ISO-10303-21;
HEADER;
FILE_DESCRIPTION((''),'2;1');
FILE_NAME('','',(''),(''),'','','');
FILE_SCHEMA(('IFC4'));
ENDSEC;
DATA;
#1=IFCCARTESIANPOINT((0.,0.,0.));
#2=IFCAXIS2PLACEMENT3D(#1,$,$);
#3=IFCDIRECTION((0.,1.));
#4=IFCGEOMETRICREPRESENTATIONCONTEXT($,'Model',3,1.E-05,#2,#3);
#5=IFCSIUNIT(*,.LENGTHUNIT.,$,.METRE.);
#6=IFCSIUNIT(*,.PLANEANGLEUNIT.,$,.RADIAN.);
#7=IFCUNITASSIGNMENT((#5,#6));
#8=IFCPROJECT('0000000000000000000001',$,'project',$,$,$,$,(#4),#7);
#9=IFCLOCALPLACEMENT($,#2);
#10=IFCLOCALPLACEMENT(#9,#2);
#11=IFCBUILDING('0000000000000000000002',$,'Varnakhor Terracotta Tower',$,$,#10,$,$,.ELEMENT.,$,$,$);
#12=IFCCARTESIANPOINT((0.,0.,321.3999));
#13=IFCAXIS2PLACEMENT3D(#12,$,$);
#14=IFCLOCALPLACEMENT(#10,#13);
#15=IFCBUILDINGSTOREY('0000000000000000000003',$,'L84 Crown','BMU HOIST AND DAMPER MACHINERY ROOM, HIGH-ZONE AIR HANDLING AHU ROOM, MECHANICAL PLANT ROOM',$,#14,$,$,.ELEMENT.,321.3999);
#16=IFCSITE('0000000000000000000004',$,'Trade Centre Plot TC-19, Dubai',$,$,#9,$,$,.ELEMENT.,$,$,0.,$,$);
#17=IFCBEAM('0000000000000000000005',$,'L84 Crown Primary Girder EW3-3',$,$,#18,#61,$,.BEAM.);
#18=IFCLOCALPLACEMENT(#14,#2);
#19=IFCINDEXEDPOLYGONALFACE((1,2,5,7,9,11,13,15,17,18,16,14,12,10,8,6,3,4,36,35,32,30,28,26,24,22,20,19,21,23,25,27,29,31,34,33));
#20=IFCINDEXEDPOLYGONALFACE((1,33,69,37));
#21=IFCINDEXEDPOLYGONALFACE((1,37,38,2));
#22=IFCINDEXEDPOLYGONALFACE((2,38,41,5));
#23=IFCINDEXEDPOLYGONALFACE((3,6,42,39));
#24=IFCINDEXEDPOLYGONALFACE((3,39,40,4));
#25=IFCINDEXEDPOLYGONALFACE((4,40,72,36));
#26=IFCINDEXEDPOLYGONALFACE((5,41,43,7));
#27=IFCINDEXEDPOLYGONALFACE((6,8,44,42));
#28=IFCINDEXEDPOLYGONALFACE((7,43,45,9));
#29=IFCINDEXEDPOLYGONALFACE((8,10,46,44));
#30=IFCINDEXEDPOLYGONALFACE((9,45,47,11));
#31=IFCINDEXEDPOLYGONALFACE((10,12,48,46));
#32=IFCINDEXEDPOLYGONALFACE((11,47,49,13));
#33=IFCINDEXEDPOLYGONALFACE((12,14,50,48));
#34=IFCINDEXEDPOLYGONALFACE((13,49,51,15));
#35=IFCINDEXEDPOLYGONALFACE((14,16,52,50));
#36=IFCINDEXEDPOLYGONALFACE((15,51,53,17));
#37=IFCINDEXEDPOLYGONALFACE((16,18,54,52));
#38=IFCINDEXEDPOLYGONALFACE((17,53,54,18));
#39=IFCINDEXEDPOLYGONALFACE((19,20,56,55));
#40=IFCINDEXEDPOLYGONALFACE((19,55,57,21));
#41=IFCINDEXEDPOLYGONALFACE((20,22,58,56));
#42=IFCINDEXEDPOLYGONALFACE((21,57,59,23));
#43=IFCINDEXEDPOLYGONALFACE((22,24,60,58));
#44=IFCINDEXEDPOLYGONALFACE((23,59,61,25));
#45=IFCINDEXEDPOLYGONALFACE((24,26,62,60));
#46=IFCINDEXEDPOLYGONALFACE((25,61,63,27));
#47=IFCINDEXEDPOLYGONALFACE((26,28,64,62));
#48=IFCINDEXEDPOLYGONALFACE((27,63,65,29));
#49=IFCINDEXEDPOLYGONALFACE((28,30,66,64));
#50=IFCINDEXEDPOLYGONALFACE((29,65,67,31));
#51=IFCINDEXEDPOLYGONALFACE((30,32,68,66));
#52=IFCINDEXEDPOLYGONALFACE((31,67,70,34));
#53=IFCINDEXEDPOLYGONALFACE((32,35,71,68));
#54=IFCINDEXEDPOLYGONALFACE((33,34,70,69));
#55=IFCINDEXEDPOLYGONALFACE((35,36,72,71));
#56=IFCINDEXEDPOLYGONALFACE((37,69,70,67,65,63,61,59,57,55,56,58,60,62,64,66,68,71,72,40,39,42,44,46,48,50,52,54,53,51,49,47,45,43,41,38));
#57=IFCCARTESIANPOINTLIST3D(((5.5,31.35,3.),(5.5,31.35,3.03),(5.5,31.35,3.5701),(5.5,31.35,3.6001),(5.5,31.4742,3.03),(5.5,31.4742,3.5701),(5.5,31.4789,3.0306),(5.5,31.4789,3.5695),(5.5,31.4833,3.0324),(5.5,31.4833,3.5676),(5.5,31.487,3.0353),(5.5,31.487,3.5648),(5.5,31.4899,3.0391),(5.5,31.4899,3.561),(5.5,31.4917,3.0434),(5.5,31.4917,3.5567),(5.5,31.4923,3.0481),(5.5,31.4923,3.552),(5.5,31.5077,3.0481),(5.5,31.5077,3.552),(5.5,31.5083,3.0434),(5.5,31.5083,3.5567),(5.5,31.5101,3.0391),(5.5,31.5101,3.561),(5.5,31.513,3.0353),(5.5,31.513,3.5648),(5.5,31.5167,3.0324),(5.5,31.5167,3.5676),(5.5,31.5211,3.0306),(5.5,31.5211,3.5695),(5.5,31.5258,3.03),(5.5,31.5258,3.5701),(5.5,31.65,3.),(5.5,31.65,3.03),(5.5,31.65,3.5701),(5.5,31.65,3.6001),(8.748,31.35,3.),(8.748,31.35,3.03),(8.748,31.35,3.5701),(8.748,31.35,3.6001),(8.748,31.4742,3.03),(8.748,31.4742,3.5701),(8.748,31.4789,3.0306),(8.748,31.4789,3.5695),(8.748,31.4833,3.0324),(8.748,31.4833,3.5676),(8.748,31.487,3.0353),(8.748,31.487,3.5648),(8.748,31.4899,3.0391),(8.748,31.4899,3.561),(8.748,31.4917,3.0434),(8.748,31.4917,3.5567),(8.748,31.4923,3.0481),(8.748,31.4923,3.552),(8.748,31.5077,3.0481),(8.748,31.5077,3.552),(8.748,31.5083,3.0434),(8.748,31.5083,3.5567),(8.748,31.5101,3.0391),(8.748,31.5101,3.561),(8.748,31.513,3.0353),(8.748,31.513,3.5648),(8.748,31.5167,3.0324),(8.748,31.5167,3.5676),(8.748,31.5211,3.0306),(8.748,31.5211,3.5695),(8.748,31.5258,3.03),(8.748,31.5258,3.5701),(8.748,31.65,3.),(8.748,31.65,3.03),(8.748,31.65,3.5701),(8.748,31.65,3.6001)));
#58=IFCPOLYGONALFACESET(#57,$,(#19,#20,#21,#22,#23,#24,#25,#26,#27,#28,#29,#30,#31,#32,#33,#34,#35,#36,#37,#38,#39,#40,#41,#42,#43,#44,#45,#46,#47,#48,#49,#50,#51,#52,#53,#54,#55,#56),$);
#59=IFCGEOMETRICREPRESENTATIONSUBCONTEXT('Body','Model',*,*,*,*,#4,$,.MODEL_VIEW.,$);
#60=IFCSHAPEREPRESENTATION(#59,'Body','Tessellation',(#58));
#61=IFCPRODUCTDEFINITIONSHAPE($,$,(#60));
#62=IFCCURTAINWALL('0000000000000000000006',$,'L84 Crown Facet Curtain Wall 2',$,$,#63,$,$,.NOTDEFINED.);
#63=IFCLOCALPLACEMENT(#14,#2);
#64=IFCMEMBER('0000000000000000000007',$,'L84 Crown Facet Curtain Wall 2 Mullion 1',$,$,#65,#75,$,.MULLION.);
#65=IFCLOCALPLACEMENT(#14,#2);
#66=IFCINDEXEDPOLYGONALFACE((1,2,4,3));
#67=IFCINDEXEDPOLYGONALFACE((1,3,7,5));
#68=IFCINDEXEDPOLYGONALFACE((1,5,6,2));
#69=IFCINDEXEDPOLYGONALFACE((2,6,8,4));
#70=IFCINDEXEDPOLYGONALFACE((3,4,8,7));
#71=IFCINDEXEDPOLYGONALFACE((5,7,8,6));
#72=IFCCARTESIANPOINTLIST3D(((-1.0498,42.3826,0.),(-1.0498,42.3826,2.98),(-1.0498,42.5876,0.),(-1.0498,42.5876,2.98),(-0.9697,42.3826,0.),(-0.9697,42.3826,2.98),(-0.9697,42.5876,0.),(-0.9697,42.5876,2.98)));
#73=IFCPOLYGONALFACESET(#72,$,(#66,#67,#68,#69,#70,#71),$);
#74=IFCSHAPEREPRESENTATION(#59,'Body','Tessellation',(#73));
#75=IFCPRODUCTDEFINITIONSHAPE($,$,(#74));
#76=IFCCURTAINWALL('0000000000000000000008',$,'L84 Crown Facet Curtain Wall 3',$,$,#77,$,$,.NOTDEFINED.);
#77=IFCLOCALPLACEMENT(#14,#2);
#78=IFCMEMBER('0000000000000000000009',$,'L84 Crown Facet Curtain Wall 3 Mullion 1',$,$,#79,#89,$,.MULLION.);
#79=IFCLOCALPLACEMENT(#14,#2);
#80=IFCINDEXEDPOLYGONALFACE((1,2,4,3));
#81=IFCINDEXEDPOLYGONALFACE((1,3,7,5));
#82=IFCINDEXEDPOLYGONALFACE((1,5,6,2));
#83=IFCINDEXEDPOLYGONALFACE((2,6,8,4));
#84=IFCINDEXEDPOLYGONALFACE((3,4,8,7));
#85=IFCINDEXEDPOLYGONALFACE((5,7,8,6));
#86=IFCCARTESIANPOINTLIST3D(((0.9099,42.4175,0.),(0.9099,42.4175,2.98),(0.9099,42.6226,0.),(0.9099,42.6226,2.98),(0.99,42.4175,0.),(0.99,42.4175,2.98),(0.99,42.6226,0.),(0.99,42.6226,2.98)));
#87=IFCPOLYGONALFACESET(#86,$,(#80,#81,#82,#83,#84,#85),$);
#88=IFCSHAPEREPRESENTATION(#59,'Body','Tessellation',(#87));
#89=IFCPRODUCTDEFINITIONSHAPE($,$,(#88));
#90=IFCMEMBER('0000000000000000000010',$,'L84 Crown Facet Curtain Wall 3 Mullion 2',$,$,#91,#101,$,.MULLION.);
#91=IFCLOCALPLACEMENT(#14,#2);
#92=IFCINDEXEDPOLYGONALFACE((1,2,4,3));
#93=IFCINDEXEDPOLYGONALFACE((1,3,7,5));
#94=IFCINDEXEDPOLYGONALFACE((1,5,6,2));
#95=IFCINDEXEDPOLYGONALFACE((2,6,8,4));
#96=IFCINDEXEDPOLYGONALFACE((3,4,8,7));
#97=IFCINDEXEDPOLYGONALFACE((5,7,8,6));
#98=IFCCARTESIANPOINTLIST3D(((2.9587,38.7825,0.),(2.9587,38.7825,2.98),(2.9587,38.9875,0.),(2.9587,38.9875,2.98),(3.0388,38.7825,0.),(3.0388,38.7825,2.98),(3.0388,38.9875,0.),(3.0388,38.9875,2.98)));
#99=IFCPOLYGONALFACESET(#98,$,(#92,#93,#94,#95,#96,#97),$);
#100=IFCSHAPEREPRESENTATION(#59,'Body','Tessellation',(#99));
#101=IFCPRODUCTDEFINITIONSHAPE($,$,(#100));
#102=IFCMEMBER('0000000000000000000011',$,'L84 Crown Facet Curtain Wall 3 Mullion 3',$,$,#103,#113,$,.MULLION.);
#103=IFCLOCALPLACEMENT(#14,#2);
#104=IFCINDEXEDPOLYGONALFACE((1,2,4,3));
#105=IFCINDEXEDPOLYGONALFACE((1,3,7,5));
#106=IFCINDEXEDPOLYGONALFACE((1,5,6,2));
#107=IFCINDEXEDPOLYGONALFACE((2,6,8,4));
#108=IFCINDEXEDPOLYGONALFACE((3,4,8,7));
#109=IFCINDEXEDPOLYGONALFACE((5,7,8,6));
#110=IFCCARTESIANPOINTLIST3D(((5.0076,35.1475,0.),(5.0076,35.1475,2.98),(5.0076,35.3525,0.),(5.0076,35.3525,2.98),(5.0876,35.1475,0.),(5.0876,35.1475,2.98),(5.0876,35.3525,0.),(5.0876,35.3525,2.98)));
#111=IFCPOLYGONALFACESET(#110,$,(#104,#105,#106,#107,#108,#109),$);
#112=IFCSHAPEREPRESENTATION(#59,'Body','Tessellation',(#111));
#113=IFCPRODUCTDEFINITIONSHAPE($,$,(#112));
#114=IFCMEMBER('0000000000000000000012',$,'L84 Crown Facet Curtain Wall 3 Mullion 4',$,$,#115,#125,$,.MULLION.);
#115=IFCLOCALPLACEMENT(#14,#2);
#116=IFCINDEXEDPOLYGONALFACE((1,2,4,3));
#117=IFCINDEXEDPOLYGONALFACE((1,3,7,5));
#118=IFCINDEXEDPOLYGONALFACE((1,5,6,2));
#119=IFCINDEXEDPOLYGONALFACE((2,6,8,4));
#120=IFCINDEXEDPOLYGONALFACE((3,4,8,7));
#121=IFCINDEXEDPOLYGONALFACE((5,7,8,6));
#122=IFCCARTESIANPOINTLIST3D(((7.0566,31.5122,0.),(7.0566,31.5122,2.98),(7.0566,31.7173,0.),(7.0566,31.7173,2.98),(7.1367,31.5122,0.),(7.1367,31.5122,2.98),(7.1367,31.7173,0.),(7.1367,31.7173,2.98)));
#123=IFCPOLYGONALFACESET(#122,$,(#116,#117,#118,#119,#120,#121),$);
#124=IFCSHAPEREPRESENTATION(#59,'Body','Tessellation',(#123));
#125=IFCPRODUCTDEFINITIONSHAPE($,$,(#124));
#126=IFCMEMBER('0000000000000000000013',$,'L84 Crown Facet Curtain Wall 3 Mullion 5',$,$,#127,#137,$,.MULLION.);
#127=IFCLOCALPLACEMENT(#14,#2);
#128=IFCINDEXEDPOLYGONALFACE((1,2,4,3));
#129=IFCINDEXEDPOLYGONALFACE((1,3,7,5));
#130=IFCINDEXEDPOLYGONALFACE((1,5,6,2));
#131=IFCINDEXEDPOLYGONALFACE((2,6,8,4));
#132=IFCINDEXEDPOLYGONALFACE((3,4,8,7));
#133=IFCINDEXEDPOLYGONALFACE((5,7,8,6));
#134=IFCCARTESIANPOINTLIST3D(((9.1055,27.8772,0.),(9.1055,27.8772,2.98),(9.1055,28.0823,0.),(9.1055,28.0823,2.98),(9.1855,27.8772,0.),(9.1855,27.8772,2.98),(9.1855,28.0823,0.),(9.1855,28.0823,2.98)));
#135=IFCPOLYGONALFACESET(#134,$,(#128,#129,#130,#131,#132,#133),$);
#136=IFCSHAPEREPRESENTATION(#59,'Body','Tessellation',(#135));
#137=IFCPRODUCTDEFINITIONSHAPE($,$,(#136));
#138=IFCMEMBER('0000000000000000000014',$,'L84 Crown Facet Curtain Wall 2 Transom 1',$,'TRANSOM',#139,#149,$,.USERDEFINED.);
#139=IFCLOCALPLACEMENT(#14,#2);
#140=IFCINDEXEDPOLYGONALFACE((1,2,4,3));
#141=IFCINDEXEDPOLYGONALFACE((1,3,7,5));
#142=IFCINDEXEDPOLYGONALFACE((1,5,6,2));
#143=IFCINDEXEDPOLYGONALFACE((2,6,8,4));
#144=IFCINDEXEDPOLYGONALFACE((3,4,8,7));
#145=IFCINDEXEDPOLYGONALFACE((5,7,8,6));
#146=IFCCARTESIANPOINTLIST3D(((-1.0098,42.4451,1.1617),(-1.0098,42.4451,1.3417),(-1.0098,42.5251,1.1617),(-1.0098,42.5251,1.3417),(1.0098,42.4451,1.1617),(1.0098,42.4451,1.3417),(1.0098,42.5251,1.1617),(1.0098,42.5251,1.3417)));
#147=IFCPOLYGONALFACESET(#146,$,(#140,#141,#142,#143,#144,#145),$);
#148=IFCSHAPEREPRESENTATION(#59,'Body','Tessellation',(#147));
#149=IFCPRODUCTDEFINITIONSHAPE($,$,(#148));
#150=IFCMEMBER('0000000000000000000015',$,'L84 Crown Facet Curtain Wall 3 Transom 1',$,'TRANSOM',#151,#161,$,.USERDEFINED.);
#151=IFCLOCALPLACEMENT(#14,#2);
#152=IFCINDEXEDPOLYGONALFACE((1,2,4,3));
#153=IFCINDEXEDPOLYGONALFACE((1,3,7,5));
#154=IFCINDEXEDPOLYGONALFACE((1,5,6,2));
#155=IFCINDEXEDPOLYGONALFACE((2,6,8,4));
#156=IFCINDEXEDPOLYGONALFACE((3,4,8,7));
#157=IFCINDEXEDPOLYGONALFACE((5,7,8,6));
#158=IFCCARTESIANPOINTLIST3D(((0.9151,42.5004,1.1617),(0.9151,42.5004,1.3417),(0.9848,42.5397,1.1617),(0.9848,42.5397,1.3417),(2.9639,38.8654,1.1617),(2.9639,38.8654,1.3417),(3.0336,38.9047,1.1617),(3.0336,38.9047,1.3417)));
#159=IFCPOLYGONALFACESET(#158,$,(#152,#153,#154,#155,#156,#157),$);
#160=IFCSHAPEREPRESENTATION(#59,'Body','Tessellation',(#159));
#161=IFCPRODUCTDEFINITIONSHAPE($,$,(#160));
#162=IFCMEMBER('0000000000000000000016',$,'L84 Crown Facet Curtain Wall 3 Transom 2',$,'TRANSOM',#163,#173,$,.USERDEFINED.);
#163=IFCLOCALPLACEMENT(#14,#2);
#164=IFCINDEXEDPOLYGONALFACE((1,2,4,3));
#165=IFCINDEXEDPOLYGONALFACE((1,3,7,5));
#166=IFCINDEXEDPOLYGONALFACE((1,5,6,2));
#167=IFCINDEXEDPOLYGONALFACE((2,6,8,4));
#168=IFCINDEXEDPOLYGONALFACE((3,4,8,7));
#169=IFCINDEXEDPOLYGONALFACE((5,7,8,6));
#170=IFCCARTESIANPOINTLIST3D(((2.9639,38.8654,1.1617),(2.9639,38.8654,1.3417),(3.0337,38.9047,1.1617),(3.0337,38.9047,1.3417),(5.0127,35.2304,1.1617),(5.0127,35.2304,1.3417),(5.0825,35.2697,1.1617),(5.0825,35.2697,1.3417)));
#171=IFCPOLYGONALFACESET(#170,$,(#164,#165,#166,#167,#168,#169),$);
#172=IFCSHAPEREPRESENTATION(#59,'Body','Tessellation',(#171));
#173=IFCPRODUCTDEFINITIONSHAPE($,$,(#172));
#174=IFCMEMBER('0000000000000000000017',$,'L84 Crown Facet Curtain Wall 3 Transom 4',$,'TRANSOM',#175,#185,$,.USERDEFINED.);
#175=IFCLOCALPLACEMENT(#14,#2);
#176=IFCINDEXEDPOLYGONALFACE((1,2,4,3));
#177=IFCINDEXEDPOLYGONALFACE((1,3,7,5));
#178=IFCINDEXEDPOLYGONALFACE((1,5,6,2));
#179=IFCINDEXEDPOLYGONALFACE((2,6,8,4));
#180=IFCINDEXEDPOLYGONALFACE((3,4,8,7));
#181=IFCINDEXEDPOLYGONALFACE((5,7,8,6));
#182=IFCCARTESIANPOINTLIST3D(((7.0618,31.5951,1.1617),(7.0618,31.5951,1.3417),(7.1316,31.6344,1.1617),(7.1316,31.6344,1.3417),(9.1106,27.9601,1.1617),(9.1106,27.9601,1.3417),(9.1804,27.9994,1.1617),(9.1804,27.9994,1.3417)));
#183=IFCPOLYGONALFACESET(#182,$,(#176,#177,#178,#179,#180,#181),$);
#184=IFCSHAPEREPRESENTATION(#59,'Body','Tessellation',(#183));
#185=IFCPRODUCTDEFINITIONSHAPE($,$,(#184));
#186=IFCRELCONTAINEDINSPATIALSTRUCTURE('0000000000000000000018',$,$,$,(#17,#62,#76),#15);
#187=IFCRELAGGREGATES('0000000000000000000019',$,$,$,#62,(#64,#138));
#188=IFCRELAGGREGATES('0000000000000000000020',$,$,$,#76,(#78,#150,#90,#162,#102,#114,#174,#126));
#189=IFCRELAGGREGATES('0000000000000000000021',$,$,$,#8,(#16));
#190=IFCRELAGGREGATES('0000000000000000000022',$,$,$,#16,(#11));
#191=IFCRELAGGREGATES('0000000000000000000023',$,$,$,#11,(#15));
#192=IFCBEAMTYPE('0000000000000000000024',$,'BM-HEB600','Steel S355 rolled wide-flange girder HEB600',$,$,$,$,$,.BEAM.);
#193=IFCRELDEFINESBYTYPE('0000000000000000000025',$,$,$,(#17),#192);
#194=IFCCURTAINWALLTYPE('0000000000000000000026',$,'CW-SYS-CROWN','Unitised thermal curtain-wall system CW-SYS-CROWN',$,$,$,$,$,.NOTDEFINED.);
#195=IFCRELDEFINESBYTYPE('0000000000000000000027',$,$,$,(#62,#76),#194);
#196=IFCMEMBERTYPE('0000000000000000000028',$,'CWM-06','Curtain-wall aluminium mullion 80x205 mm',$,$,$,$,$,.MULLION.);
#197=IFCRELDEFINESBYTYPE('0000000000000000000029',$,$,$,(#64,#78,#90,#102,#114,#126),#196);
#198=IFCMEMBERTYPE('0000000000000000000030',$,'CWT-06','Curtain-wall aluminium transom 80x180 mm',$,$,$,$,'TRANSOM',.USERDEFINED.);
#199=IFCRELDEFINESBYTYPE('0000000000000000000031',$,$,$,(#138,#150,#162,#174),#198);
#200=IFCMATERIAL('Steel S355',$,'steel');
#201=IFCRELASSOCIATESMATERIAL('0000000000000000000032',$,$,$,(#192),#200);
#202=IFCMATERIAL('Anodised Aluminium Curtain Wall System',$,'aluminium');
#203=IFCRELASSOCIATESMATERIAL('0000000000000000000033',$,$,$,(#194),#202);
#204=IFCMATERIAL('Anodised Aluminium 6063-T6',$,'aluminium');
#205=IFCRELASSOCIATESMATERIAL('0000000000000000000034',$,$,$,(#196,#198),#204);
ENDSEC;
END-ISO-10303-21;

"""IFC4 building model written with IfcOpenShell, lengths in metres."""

from ifc_helpers import new_model, si_unit, direction, frame, origin, origin_2d, place, context, subcontext, project, spatial, rectangle, i_section, extrude, source, transform, mapped, material, material_profile, profile_set, type_object, type_shapes, element, aggregate, save


model = new_model("IFC4")

# Units and contexts
model_context = context("Model", 3, precision=1e-05, world=origin(), true_north=direction((0.0, 1.0)))
body_context = subcontext(model_context, "Body", "Model", "MODEL_VIEW")
ifc_project = project(units=[si_unit("LENGTHUNIT", "METRE"), si_unit("PLANEANGLEUNIT", "RADIAN")], contexts=[model_context])

# Site, building, storey
site_placement = place(None, origin())
site = spatial("IfcSite", under=ifc_project, at=site_placement, Name="Trade Centre Plot TC-19, Dubai", CompositionType="ELEMENT", RefElevation=0.0)
building_placement = place(site_placement, origin())
building = spatial("IfcBuilding", under=site, at=building_placement, Name="Varnakhor Terracotta Tower", CompositionType="ELEMENT")
storey_placement = place(building_placement, frame((0.0, 0.0, 321.3999)))
storey = spatial("IfcBuildingStorey", under=building, at=storey_placement, Name="L84 Crown", Description="BMU HOIST AND DAMPER MACHINERY ROOM, HIGH-ZONE AIR HANDLING AHU ROOM, MECHANICAL PLANT ROOM", CompositionType="ELEMENT", Elevation=321.3999)

# Shared definitions
ifc_material_1 = material(Name="Steel S355", Category="steel")

# Beam
ifc_material_profile_1 = material_profile(ifc_material_1, i_section(OverallWidth=0.3, OverallDepth=0.6001, WebThickness=0.0154, FlangeThickness=0.03, FilletRadius=0.0181, at=origin_2d()), Name="HEB600")
ifc_profile_set_1 = profile_set([ifc_material_profile_1], Name="Steel S355")
beam_type = type_object("IfcBeamType", Name="BM-HEB600", Description="Steel S355 rolled wide-flange girder HEB600", PredefinedType="BEAM", material=ifc_profile_set_1)
shared_shape_1 = source(origin(), body_context, "Body", "SweptSolid", [
    extrude(i_section(OverallWidth=0.3, OverallDepth=0.6001, WebThickness=0.0154, FlangeThickness=0.03, FilletRadius=0.0181, at=origin_2d()), origin(), (0.0, 0.0, 1.0), 3.248),
])
beam_1_placement = place(storey_placement, frame((5.5, 31.5, 3.3), z_axis=(1.0, 0.0, 0.0), x_axis=(0.0, 1.0, 0.0)))
element("IfcBeam", 1, at=beam_1_placement, inside=storey, type_object=beam_type, Name="L84 Crown Primary Girder EW3-3", PredefinedType="BEAM", context=body_context, shape_type="MappedRepresentation", body=[
    mapped(shared_shape_1, transform((0.0, 0.0, 0.0), scale=1.0)),
])

# Curtain wall, member
ifc_material_2 = material(Name="Anodised Aluminium Curtain Wall System", Category="aluminium")
curtain_wall_type = type_object("IfcCurtainWallType", Name="CW-SYS-CROWN", Description="Unitised thermal curtain-wall system CW-SYS-CROWN", PredefinedType="NOTDEFINED", material=ifc_material_2)
curtain_wall_1_placement = place(storey_placement, origin())
curtain_wall_1 = element("IfcCurtainWall", 2, at=curtain_wall_1_placement, inside=storey, type_object=curtain_wall_type, Name="L84 Crown Facet Curtain Wall 2", PredefinedType="NOTDEFINED")
ifc_material_3 = material(Name="Anodised Aluminium 6063-T6", Category="aluminium")
ifc_material_profile_2 = material_profile(ifc_material_3, rectangle(XDim=0.0801, YDim=0.2051, at=origin_2d()), Name="ALU MULLION 80x205")
ifc_profile_set_2 = profile_set([ifc_material_profile_2], Name="Anodised Aluminium 6063-T6")
member_type_1 = type_object("IfcMemberType", Name="CWM-06", Description="Curtain-wall aluminium mullion 80x205 mm", PredefinedType="MULLION", material=ifc_profile_set_2)
shared_shape_2 = source(origin(), body_context, "Body", "SweptSolid", [
    extrude(rectangle(XDim=0.0801, YDim=0.2051, at=origin_2d()), origin(), (0.0, 0.0, 1.0), 2.98),
])
type_shapes(member_type_1, [shared_shape_2])
member_1_placement = place(storey_placement, frame((-1.0098, 42.4851, 0.0), z_axis=(0.0, 0.0, 1.0), x_axis=(1.0, 0.0, 0.0)))
member_1 = element("IfcMember", 3, at=member_1_placement, type_object=member_type_1, Name="L84 Crown Facet Curtain Wall 2 Mullion 1", PredefinedType="MULLION", context=body_context, shape_type="MappedRepresentation", body=[
    mapped(shared_shape_2, transform((0.0, 0.0, 0.0), scale=1.0)),
])

# Curtain wall, members
curtain_wall_2_placement = place(storey_placement, origin())
curtain_wall_2 = element("IfcCurtainWall", 4, at=curtain_wall_2_placement, inside=storey, type_object=curtain_wall_type, Name="L84 Crown Facet Curtain Wall 3", PredefinedType="NOTDEFINED")
member_2_placement = place(storey_placement, frame((0.95, 42.52, 0.0), z_axis=(0.0, 0.0, 1.0), x_axis=(1.0, 0.0, 0.0)))
member_2 = element("IfcMember", 5, at=member_2_placement, type_object=member_type_1, Name="L84 Crown Facet Curtain Wall 3 Mullion 1", PredefinedType="MULLION", context=body_context, shape_type="MappedRepresentation", body=[
    mapped(shared_shape_2, transform((0.0, 0.0, 0.0), scale=1.0)),
])
member_3_placement = place(storey_placement, frame((2.9988, 38.885, 0.0), z_axis=(0.0, 0.0, 1.0), x_axis=(1.0, 0.0, 0.0)))
member_3 = element("IfcMember", 6, at=member_3_placement, type_object=member_type_1, Name="L84 Crown Facet Curtain Wall 3 Mullion 2", PredefinedType="MULLION", context=body_context, shape_type="MappedRepresentation", body=[
    mapped(shared_shape_2, transform((0.0, 0.0, 0.0), scale=1.0)),
])
member_4_placement = place(storey_placement, frame((5.0476, 35.25, 0.0), z_axis=(0.0, 0.0, 1.0), x_axis=(1.0, 0.0, 0.0)))
member_4 = element("IfcMember", 7, at=member_4_placement, type_object=member_type_1, Name="L84 Crown Facet Curtain Wall 3 Mullion 3", PredefinedType="MULLION", context=body_context, shape_type="MappedRepresentation", body=[
    mapped(shared_shape_2, transform((0.0, 0.0, 0.0), scale=1.0)),
])
member_5_placement = place(storey_placement, frame((7.0967, 31.6147, 0.0), z_axis=(0.0, 0.0, 1.0), x_axis=(1.0, 0.0, 0.0)))
member_5 = element("IfcMember", 8, at=member_5_placement, type_object=member_type_1, Name="L84 Crown Facet Curtain Wall 3 Mullion 4", PredefinedType="MULLION", context=body_context, shape_type="MappedRepresentation", body=[
    mapped(shared_shape_2, transform((0.0, 0.0, 0.0), scale=1.0)),
])
member_6_placement = place(storey_placement, frame((9.1455, 27.9797, 0.0), z_axis=(0.0, 0.0, 1.0), x_axis=(1.0, 0.0, 0.0)))
member_6 = element("IfcMember", 9, at=member_6_placement, type_object=member_type_1, Name="L84 Crown Facet Curtain Wall 3 Mullion 5", PredefinedType="MULLION", context=body_context, shape_type="MappedRepresentation", body=[
    mapped(shared_shape_2, transform((0.0, 0.0, 0.0), scale=1.0)),
])

# Members
ifc_material_profile_3 = material_profile(ifc_material_3, rectangle(XDim=0.0801, YDim=0.1799, at=origin_2d()), Name="ALU TRANSOM 80x180")
ifc_profile_set_3 = profile_set([ifc_material_profile_3], Name="Anodised Aluminium 6063-T6")
member_type_2 = type_object("IfcMemberType", Name="CWT-06", Description="Curtain-wall aluminium transom 80x180 mm", ElementType="TRANSOM", PredefinedType="USERDEFINED", material=ifc_profile_set_3)
shared_shape_3 = source(origin(), body_context, "Body", "SweptSolid", [
    extrude(rectangle(XDim=0.0801, YDim=0.1799, at=origin_2d()), origin(), (0.0, 0.0, 1.0), 2.0195),
])
member_7_placement = place(storey_placement, frame((-1.0098, 42.4851, 1.2517), z_axis=(1.0, 0.0, 0.0), x_axis=(0.0, 1.0, 0.0)))
member_7 = element("IfcMember", 10, at=member_7_placement, type_object=member_type_2, Name="L84 Crown Facet Curtain Wall 2 Transom 1", ObjectType="TRANSOM", PredefinedType="USERDEFINED", context=body_context, shape_type="MappedRepresentation", body=[
    mapped(shared_shape_3, transform((0.0, 0.0, 0.0), scale=1.0)),
])
shared_shape_4 = source(origin(), body_context, "Body", "SweptSolid", [
    extrude(rectangle(XDim=0.0801, YDim=0.1799, at=origin_2d()), origin(), (0.0, 0.0, 1.0), 4.1726),
])
member_8_placement = place(storey_placement, frame((0.95, 42.52, 1.2517), z_axis=(0.491014, -0.871152, 0.0), x_axis=(0.871152, 0.491014, 0.0)))
member_8 = element("IfcMember", 11, at=member_8_placement, type_object=member_type_2, Name="L84 Crown Facet Curtain Wall 3 Transom 1", ObjectType="TRANSOM", PredefinedType="USERDEFINED", context=body_context, shape_type="MappedRepresentation", body=[
    mapped(shared_shape_4, transform((0.0, 0.0, 0.0), scale=1.0)),
])
member_9_placement = place(storey_placement, frame((2.9988, 38.885, 1.2517), z_axis=(0.491014, -0.871152, 0.0), x_axis=(0.871152, 0.491014, 0.0)))
member_9 = element("IfcMember", 12, at=member_9_placement, type_object=member_type_2, Name="L84 Crown Facet Curtain Wall 3 Transom 2", ObjectType="TRANSOM", PredefinedType="USERDEFINED", context=body_context, shape_type="MappedRepresentation", body=[
    mapped(shared_shape_4, transform((0.0, 0.0, 0.0), scale=1.0)),
])
member_10_placement = place(storey_placement, frame((7.0967, 31.6147, 1.2517), z_axis=(0.491014, -0.871152, 0.0), x_axis=(0.871152, 0.491014, 0.0)))
member_10 = element("IfcMember", 13, at=member_10_placement, type_object=member_type_2, Name="L84 Crown Facet Curtain Wall 3 Transom 4", ObjectType="TRANSOM", PredefinedType="USERDEFINED", context=body_context, shape_type="MappedRepresentation", body=[
    mapped(shared_shape_4, transform((0.0, 0.0, 0.0), scale=1.0)),
])

aggregate(curtain_wall_1, [member_1, member_7])
aggregate(curtain_wall_2, [member_2, member_8, member_3, member_9, member_4, member_5, member_10, member_6])

save(model, "model.ifc")
